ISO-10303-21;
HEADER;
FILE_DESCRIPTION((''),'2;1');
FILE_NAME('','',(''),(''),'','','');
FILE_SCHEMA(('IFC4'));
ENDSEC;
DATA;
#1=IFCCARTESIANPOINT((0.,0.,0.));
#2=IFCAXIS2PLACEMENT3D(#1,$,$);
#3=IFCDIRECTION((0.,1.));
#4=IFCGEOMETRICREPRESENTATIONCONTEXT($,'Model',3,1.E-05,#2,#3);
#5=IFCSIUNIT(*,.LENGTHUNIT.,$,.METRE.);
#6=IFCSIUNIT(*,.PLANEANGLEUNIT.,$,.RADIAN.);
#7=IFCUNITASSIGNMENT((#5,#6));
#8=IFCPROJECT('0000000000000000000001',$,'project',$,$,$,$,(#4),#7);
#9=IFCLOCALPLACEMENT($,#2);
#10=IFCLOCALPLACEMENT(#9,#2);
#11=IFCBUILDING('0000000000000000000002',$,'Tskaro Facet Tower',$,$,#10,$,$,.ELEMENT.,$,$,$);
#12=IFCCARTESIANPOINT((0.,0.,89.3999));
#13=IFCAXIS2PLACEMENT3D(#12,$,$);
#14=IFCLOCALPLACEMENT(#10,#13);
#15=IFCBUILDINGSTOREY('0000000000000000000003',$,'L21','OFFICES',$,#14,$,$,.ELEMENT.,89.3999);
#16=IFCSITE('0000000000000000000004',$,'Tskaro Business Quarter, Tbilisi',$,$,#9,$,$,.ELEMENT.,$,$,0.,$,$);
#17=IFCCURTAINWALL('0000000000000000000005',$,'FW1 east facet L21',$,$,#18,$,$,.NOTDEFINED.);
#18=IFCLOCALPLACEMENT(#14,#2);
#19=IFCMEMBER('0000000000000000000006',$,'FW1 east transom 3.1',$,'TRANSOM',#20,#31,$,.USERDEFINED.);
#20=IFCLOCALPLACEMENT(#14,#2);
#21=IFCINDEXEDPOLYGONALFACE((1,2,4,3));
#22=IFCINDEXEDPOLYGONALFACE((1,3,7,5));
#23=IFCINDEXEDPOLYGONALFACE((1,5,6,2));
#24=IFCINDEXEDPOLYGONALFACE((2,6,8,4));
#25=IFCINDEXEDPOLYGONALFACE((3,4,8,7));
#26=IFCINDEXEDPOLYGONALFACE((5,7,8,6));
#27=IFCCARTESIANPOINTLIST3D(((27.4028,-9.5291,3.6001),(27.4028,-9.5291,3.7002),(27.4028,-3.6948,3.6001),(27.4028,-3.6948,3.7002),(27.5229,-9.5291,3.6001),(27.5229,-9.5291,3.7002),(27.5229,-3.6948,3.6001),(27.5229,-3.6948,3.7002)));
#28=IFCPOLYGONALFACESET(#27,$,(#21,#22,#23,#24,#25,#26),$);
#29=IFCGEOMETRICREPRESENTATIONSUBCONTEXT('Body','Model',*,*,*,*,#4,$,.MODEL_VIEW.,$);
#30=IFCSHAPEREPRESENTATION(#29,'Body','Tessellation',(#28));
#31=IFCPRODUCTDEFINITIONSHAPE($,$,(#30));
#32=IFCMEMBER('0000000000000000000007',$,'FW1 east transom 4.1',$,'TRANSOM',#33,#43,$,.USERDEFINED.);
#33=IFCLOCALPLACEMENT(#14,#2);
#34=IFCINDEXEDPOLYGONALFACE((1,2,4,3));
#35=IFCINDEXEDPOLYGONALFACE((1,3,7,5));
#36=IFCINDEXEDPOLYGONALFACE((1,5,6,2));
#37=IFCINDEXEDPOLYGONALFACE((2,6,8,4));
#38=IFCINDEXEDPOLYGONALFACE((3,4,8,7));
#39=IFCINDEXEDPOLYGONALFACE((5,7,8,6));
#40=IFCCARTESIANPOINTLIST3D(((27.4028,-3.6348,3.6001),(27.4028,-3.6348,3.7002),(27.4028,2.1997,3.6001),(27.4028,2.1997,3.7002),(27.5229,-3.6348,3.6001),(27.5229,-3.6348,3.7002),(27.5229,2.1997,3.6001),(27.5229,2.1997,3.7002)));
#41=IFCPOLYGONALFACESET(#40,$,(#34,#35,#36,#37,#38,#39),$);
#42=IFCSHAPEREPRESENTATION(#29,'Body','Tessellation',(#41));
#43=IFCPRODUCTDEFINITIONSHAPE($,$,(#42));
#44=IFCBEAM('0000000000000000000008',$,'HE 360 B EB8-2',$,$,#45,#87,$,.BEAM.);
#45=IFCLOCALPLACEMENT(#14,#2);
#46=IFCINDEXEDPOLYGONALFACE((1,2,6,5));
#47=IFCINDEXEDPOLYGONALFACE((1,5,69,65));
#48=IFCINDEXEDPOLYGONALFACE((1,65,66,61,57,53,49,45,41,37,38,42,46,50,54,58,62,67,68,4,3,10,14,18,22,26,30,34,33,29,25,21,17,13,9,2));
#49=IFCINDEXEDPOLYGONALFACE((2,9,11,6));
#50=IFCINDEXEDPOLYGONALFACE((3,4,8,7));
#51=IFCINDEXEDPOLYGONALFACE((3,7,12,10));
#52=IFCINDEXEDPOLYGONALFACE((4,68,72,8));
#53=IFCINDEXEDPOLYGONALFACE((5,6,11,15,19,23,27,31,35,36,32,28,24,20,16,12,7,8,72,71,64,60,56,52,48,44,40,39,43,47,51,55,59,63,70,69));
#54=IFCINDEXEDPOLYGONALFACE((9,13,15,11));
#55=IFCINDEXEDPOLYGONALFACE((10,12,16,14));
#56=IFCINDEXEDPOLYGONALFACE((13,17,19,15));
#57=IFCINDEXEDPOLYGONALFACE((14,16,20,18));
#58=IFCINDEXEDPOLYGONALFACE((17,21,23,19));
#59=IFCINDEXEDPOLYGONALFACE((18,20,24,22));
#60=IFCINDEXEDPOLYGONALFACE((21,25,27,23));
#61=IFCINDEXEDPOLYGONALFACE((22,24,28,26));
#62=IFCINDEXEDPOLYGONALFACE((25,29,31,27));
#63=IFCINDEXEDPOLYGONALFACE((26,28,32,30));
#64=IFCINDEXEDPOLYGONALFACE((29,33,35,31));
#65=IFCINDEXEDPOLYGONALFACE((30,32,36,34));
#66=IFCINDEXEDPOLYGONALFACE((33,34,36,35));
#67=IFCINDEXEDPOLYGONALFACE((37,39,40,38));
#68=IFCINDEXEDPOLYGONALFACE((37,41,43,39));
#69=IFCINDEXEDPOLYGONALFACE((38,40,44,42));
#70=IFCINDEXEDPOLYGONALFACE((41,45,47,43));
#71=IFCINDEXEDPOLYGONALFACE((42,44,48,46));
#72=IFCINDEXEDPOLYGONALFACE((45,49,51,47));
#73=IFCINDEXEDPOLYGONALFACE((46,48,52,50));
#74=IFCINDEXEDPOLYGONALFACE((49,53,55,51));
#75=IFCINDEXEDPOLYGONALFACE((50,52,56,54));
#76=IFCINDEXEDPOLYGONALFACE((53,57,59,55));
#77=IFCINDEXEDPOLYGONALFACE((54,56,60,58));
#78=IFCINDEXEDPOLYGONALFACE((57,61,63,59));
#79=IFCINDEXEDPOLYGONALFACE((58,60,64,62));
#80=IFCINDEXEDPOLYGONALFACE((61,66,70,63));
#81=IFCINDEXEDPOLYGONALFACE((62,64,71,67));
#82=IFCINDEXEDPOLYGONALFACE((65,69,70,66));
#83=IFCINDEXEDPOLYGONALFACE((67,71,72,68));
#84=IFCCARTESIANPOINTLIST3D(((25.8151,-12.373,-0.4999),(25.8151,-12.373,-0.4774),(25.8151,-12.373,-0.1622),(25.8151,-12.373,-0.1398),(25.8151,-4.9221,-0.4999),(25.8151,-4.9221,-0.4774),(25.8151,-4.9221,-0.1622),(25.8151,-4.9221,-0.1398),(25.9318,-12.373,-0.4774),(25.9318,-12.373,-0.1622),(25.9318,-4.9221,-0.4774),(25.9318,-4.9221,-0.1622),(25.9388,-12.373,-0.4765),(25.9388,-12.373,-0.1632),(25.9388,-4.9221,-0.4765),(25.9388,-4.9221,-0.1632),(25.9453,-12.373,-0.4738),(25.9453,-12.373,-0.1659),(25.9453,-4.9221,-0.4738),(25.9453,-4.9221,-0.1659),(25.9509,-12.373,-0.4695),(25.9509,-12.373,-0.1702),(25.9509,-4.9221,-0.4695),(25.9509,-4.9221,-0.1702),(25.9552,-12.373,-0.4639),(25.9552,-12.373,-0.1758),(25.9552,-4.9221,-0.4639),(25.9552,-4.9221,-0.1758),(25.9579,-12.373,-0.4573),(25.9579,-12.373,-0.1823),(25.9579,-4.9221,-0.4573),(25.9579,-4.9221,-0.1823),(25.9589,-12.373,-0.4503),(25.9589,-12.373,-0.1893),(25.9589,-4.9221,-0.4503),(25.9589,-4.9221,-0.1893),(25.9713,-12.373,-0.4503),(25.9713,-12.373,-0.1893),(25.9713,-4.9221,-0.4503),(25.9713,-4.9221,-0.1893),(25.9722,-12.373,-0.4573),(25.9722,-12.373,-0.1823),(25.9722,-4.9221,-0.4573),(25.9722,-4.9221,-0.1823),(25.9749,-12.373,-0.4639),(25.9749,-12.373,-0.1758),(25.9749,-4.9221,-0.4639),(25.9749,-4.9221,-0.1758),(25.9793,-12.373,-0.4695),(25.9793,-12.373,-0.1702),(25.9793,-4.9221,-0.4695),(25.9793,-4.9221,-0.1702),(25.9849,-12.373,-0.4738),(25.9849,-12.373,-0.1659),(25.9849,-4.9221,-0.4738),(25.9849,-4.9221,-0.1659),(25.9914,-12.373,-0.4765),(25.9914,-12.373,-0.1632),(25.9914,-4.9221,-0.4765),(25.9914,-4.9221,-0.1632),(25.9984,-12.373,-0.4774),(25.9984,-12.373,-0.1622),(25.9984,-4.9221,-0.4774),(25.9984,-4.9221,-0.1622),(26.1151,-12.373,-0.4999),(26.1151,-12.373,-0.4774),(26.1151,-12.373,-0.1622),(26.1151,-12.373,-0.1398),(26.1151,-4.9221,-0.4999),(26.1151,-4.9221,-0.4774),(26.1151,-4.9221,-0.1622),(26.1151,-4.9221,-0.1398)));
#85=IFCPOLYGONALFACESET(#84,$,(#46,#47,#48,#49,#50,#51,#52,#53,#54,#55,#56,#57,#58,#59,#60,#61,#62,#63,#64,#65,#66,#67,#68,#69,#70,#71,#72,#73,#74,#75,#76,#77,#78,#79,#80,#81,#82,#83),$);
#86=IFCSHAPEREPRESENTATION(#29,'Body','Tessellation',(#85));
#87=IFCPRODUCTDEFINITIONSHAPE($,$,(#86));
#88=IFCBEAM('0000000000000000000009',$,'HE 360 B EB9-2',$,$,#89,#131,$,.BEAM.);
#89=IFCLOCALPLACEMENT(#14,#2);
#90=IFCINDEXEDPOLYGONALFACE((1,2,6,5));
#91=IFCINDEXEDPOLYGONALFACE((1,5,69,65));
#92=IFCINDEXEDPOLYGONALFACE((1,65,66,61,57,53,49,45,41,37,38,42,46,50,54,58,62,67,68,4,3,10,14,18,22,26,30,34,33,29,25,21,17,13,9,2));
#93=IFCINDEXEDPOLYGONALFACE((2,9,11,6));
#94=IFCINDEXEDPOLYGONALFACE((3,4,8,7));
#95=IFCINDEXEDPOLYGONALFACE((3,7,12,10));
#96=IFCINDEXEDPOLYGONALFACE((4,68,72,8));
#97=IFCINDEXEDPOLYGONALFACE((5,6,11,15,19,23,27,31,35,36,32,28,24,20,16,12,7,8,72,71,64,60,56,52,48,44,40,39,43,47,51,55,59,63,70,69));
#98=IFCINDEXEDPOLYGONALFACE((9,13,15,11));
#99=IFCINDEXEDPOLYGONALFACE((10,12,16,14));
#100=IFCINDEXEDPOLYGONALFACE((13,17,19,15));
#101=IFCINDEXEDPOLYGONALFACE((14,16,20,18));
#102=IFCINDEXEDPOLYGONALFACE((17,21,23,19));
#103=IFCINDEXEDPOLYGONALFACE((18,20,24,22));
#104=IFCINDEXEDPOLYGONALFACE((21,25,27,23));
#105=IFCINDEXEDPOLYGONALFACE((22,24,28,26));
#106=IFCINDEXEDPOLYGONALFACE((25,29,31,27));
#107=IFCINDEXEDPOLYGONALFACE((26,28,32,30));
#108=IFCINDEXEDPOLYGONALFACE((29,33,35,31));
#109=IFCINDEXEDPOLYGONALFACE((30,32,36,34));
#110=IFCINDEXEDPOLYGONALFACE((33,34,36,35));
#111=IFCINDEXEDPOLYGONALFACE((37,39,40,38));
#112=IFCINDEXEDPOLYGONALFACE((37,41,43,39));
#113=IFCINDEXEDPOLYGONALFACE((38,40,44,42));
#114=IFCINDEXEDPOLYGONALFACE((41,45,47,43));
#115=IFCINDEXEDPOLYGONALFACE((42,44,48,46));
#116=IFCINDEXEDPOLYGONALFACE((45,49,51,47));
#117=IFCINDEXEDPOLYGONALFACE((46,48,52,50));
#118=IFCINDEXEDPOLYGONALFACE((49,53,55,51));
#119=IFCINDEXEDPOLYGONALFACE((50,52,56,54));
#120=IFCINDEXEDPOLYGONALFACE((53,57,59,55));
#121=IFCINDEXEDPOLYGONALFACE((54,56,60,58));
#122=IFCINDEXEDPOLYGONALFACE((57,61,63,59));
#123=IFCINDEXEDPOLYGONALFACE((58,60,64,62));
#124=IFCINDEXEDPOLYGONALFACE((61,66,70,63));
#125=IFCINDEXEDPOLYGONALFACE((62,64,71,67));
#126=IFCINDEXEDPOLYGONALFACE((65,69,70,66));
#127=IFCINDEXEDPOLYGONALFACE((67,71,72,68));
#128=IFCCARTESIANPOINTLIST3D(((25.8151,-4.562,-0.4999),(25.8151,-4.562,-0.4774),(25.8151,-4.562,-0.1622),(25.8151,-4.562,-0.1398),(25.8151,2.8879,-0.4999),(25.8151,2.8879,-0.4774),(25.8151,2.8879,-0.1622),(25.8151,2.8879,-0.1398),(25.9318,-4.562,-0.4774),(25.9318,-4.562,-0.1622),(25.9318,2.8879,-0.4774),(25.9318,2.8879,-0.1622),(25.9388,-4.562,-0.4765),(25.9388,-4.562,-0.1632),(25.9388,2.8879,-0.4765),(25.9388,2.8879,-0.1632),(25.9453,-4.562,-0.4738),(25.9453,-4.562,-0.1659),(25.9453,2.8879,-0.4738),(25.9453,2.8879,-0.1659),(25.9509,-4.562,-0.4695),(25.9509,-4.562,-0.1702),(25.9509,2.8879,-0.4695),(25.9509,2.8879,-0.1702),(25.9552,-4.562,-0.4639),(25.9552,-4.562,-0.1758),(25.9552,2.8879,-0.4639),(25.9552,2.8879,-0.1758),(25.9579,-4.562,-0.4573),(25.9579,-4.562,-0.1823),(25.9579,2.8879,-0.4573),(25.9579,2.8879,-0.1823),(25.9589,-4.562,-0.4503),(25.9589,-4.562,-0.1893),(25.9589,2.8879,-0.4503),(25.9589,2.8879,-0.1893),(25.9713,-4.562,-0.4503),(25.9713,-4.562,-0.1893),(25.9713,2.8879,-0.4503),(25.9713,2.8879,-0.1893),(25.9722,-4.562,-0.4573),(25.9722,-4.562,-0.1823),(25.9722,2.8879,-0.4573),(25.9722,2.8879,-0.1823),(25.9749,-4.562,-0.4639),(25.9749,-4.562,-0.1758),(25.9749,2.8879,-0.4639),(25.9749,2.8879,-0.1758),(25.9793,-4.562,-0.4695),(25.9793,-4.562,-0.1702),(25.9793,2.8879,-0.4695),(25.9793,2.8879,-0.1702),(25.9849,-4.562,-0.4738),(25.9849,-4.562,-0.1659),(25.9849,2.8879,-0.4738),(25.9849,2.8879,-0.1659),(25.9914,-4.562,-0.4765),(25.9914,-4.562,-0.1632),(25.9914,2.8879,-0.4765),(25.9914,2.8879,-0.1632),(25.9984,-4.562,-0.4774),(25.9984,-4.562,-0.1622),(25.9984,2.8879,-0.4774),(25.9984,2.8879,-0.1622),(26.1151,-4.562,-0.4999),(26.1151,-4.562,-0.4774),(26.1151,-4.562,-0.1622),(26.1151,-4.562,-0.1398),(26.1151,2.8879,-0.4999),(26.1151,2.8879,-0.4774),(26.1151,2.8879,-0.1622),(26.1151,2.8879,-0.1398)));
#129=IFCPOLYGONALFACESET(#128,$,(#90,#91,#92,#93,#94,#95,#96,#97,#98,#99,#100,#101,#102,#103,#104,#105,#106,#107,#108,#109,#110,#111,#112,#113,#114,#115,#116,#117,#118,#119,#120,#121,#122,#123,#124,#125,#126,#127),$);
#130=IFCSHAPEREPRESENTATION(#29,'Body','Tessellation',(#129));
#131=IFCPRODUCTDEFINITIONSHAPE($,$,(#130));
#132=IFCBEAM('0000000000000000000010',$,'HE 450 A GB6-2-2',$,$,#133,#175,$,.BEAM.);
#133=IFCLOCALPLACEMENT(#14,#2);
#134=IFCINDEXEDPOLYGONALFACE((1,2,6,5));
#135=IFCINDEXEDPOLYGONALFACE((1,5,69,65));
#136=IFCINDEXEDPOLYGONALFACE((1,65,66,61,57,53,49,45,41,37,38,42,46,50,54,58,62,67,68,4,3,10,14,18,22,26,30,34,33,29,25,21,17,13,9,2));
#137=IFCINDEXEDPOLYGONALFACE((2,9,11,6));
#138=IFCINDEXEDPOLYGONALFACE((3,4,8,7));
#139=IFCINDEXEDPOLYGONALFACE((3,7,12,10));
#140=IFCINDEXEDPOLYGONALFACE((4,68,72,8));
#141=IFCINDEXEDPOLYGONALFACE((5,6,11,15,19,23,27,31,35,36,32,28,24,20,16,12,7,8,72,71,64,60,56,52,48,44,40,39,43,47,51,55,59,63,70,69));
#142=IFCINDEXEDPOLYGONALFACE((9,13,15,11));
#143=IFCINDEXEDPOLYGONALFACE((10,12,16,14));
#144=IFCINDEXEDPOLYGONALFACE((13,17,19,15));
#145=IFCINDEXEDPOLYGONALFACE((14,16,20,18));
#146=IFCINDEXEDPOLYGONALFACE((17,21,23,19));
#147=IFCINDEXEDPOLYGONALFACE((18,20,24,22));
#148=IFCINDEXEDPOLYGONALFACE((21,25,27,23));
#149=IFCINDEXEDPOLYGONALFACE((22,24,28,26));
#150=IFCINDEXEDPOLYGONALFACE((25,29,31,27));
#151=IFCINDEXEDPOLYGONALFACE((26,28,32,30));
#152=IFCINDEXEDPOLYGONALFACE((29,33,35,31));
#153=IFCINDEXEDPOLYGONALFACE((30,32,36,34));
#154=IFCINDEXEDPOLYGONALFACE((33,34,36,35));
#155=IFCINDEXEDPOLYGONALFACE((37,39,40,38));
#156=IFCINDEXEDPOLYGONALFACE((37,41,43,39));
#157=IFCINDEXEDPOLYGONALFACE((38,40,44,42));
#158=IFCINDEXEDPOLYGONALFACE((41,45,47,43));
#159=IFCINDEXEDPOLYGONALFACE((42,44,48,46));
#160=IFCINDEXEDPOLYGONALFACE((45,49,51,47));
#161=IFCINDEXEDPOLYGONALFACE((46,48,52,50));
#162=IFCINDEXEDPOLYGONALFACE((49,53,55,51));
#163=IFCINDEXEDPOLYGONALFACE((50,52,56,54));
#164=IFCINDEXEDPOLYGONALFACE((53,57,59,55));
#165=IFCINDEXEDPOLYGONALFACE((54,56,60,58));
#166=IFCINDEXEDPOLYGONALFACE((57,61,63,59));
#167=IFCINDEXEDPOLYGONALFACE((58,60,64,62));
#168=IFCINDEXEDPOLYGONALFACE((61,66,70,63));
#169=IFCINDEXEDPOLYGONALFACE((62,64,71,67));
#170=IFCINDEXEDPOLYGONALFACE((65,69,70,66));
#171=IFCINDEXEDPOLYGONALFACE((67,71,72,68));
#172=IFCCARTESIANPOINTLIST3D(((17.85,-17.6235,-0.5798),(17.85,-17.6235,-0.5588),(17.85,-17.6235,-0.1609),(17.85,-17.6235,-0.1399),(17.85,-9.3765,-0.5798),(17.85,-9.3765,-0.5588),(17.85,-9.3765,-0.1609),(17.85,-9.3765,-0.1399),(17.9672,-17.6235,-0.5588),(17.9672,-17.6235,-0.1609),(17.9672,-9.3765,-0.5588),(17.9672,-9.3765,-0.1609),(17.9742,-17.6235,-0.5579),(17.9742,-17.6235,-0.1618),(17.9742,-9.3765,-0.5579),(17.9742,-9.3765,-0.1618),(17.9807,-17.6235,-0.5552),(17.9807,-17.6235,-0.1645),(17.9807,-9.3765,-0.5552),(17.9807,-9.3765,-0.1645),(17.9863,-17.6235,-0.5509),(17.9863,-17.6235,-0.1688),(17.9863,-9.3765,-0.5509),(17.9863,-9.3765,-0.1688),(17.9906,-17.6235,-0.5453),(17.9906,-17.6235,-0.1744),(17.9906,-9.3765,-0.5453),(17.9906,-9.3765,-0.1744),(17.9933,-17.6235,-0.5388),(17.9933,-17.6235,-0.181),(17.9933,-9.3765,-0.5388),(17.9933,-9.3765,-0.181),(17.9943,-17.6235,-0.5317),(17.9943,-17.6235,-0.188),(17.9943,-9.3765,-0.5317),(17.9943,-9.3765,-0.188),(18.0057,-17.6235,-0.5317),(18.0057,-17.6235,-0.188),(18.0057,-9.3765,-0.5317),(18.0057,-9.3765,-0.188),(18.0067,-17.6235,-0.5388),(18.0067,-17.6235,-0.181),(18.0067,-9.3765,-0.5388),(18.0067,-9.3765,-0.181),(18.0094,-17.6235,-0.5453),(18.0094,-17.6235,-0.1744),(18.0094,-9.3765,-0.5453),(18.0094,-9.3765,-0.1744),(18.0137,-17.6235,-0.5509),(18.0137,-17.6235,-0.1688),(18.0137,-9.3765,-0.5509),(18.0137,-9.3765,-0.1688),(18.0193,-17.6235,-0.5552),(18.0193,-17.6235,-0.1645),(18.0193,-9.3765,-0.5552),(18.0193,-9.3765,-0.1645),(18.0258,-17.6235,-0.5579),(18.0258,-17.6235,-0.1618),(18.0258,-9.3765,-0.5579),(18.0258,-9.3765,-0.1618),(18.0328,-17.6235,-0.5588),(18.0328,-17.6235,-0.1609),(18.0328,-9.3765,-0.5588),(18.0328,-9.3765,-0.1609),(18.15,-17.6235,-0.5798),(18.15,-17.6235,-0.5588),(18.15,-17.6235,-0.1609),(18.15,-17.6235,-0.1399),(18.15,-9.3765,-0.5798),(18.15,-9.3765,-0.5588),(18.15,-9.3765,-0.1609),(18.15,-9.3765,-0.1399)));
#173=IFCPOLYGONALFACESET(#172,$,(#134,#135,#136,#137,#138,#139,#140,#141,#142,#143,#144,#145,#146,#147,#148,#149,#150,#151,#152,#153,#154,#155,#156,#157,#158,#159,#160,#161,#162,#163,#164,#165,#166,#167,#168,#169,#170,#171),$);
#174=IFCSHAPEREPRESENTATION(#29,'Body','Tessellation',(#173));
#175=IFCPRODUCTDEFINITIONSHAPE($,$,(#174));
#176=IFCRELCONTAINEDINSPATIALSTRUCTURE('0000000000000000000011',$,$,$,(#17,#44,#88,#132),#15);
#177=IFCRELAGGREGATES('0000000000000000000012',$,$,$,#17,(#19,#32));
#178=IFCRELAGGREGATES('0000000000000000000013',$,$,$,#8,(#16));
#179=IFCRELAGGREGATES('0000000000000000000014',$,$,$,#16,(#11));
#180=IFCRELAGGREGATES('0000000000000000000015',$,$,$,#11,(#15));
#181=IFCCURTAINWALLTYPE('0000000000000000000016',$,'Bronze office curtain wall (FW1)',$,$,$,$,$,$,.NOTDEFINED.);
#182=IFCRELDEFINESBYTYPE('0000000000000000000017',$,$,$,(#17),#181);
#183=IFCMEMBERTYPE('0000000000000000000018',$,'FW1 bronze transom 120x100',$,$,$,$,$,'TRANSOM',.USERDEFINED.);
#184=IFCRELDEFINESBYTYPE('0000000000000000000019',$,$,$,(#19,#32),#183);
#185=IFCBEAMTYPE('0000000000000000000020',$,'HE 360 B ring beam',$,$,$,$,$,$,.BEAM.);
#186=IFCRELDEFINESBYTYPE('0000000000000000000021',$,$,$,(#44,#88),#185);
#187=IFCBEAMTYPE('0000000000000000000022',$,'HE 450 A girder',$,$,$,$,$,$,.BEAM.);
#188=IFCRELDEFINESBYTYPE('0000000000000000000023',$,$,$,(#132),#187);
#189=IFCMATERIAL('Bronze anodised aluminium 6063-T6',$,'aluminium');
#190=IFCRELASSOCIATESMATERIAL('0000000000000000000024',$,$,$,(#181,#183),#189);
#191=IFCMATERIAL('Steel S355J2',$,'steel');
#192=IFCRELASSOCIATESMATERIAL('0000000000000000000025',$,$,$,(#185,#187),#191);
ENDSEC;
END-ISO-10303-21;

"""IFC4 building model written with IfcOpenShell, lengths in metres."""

from ifc_helpers import new_model, si_unit, direction, frame, origin, origin_2d, place, context, subcontext, project, spatial, rectangle, i_section, extrude, material, material_profile, profile_set, type_object, element, aggregate, save


model = new_model("IFC4")

# Units and contexts
model_context = context("Model", 3, precision=1e-05, world=origin(), true_north=direction((0.0, 1.0)))
body_context = subcontext(model_context, "Body", "Model", "MODEL_VIEW")
ifc_project = project(units=[si_unit("LENGTHUNIT", "METRE"), si_unit("PLANEANGLEUNIT", "RADIAN")], contexts=[model_context])

# Site, building, storey
site_placement = place(None, origin())
site = spatial("IfcSite", under=ifc_project, at=site_placement, Name="Tskaro Business Quarter, Tbilisi", CompositionType="ELEMENT", RefElevation=0.0)
building_placement = place(site_placement, origin())
building = spatial("IfcBuilding", under=site, at=building_placement, Name="Tskaro Facet Tower", CompositionType="ELEMENT")
storey_placement = place(building_placement, frame((0.0, 0.0, 89.3999)))
storey = spatial("IfcBuildingStorey", under=building, at=storey_placement, Name="L21", Description="OFFICES", CompositionType="ELEMENT", Elevation=89.3999)

# Curtain wall, members
ifc_material_1 = material(Name="Bronze anodised aluminium 6063-T6", Category="aluminium")
curtain_wall_type = type_object("IfcCurtainWallType", Name="Bronze office curtain wall (FW1)", PredefinedType="NOTDEFINED", material=ifc_material_1)
curtain_wall_placement = place(storey_placement, origin())
curtain_wall = element("IfcCurtainWall", 1, at=curtain_wall_placement, inside=storey, type_object=curtain_wall_type, Name="FW1 east facet L21", PredefinedType="NOTDEFINED")
ifc_material_profile_1 = material_profile(ifc_material_1, rectangle(XDim=0.1201, YDim=0.1001, at=origin_2d()), Name="Transom 120x100")
ifc_profile_set_1 = profile_set([ifc_material_profile_1], Name="Bronze anodised aluminium 6063-T6")
member_type_1 = type_object("IfcMemberType", Name="FW1 bronze transom 120x100", ElementType="TRANSOM", PredefinedType="USERDEFINED", material=ifc_profile_set_1)
member_1_placement = place(storey_placement, frame((27.4629, -9.5291, 3.6501), z_axis=(0.0, 1.0, 0.0), x_axis=(-1.0, 0.0, 0.0)))
member_1 = element("IfcMember", 2, at=member_1_placement, type_object=member_type_1, Name="FW1 east transom 3.1", ObjectType="TRANSOM", PredefinedType="USERDEFINED", context=body_context, shape_type="SweptSolid", body=[
    extrude(rectangle(XDim=0.1201, YDim=0.1001, at=origin_2d()), origin(), (0.0, 0.0, 1.0), 5.8342),
])
member_2_placement = place(storey_placement, frame((27.4629, -3.6348, 3.6501), z_axis=(0.0, 1.0, 0.0), x_axis=(-1.0, 0.0, 0.0)))
member_2 = element("IfcMember", 3, at=member_2_placement, type_object=member_type_1, Name="FW1 east transom 4.1", ObjectType="TRANSOM", PredefinedType="USERDEFINED", context=body_context, shape_type="SweptSolid", body=[
    extrude(rectangle(XDim=0.1201, YDim=0.1001, at=origin_2d()), origin(), (0.0, 0.0, 1.0), 5.8345),
])

# Beams
ifc_material_2 = material(Name="Steel S355J2", Category="steel")
ifc_material_profile_2 = material_profile(ifc_material_2, i_section(OverallWidth=0.3, OverallDepth=0.3601, WebThickness=0.0125, FlangeThickness=0.0225, FilletRadius=0.0271, at=origin_2d()), Name="HE 360 B")
ifc_profile_set_2 = profile_set([ifc_material_profile_2], Name="Steel S355J2")
beam_type_1 = type_object("IfcBeamType", Name="HE 360 B ring beam", PredefinedType="BEAM", material=ifc_profile_set_2)
beam_1_placement = place(storey_placement, frame((25.9651, -12.373, -0.3198), z_axis=(0.0, 1.0, 0.0), x_axis=(-1.0, 0.0, 0.0)))
element("IfcBeam", 4, at=beam_1_placement, inside=storey, type_object=beam_type_1, Name="HE 360 B EB8-2", PredefinedType="BEAM", context=body_context, shape_type="SweptSolid", body=[
    extrude(i_section(OverallWidth=0.3, OverallDepth=0.3601, WebThickness=0.0125, FlangeThickness=0.0225, FilletRadius=0.0271, at=origin_2d()), origin(), (0.0, 0.0, 1.0), 7.4509),
])
beam_2_placement = place(storey_placement, frame((25.9651, -4.562, -0.3198), z_axis=(0.0, 1.0, 0.0), x_axis=(-1.0, 0.0, 0.0)))
element("IfcBeam", 5, at=beam_2_placement, inside=storey, type_object=beam_type_1, Name="HE 360 B EB9-2", PredefinedType="BEAM", context=body_context, shape_type="SweptSolid", body=[
    extrude(i_section(OverallWidth=0.3, OverallDepth=0.3601, WebThickness=0.0125, FlangeThickness=0.0225, FilletRadius=0.0271, at=origin_2d()), origin(), (0.0, 0.0, 1.0), 7.45),
])
ifc_material_profile_3 = material_profile(ifc_material_2, i_section(OverallWidth=0.3, OverallDepth=0.4399, WebThickness=0.0115, FlangeThickness=0.021, FilletRadius=0.0271, at=origin_2d()), Name="HE 450 A")
ifc_profile_set_3 = profile_set([ifc_material_profile_3], Name="Steel S355J2")
beam_type_2 = type_object("IfcBeamType", Name="HE 450 A girder", PredefinedType="BEAM", material=ifc_profile_set_3)
for number, where, z_axis, x_axis, name in (
    (6, (18.0, -17.6235, -0.3599), (0.0, 1.0, 0.0), (-1.0, 0.0, 0.0), "HE 450 A GB6-2-2"),
):
    element("IfcBeam", number, at=place(storey_placement, frame(where, z_axis=z_axis, x_axis=x_axis)), inside=storey, type_object=beam_type_2, Name=name, PredefinedType="BEAM", context=body_context, shape_type="SweptSolid", body=[
        extrude(i_section(OverallWidth=0.3, OverallDepth=0.4399, WebThickness=0.0115, FlangeThickness=0.021, FilletRadius=0.0271, at=origin_2d()), origin(), (0.0, 0.0, 1.0), 8.2471),
    ])

aggregate(curtain_wall, [member_1, member_2])

save(model, "model.ifc")
